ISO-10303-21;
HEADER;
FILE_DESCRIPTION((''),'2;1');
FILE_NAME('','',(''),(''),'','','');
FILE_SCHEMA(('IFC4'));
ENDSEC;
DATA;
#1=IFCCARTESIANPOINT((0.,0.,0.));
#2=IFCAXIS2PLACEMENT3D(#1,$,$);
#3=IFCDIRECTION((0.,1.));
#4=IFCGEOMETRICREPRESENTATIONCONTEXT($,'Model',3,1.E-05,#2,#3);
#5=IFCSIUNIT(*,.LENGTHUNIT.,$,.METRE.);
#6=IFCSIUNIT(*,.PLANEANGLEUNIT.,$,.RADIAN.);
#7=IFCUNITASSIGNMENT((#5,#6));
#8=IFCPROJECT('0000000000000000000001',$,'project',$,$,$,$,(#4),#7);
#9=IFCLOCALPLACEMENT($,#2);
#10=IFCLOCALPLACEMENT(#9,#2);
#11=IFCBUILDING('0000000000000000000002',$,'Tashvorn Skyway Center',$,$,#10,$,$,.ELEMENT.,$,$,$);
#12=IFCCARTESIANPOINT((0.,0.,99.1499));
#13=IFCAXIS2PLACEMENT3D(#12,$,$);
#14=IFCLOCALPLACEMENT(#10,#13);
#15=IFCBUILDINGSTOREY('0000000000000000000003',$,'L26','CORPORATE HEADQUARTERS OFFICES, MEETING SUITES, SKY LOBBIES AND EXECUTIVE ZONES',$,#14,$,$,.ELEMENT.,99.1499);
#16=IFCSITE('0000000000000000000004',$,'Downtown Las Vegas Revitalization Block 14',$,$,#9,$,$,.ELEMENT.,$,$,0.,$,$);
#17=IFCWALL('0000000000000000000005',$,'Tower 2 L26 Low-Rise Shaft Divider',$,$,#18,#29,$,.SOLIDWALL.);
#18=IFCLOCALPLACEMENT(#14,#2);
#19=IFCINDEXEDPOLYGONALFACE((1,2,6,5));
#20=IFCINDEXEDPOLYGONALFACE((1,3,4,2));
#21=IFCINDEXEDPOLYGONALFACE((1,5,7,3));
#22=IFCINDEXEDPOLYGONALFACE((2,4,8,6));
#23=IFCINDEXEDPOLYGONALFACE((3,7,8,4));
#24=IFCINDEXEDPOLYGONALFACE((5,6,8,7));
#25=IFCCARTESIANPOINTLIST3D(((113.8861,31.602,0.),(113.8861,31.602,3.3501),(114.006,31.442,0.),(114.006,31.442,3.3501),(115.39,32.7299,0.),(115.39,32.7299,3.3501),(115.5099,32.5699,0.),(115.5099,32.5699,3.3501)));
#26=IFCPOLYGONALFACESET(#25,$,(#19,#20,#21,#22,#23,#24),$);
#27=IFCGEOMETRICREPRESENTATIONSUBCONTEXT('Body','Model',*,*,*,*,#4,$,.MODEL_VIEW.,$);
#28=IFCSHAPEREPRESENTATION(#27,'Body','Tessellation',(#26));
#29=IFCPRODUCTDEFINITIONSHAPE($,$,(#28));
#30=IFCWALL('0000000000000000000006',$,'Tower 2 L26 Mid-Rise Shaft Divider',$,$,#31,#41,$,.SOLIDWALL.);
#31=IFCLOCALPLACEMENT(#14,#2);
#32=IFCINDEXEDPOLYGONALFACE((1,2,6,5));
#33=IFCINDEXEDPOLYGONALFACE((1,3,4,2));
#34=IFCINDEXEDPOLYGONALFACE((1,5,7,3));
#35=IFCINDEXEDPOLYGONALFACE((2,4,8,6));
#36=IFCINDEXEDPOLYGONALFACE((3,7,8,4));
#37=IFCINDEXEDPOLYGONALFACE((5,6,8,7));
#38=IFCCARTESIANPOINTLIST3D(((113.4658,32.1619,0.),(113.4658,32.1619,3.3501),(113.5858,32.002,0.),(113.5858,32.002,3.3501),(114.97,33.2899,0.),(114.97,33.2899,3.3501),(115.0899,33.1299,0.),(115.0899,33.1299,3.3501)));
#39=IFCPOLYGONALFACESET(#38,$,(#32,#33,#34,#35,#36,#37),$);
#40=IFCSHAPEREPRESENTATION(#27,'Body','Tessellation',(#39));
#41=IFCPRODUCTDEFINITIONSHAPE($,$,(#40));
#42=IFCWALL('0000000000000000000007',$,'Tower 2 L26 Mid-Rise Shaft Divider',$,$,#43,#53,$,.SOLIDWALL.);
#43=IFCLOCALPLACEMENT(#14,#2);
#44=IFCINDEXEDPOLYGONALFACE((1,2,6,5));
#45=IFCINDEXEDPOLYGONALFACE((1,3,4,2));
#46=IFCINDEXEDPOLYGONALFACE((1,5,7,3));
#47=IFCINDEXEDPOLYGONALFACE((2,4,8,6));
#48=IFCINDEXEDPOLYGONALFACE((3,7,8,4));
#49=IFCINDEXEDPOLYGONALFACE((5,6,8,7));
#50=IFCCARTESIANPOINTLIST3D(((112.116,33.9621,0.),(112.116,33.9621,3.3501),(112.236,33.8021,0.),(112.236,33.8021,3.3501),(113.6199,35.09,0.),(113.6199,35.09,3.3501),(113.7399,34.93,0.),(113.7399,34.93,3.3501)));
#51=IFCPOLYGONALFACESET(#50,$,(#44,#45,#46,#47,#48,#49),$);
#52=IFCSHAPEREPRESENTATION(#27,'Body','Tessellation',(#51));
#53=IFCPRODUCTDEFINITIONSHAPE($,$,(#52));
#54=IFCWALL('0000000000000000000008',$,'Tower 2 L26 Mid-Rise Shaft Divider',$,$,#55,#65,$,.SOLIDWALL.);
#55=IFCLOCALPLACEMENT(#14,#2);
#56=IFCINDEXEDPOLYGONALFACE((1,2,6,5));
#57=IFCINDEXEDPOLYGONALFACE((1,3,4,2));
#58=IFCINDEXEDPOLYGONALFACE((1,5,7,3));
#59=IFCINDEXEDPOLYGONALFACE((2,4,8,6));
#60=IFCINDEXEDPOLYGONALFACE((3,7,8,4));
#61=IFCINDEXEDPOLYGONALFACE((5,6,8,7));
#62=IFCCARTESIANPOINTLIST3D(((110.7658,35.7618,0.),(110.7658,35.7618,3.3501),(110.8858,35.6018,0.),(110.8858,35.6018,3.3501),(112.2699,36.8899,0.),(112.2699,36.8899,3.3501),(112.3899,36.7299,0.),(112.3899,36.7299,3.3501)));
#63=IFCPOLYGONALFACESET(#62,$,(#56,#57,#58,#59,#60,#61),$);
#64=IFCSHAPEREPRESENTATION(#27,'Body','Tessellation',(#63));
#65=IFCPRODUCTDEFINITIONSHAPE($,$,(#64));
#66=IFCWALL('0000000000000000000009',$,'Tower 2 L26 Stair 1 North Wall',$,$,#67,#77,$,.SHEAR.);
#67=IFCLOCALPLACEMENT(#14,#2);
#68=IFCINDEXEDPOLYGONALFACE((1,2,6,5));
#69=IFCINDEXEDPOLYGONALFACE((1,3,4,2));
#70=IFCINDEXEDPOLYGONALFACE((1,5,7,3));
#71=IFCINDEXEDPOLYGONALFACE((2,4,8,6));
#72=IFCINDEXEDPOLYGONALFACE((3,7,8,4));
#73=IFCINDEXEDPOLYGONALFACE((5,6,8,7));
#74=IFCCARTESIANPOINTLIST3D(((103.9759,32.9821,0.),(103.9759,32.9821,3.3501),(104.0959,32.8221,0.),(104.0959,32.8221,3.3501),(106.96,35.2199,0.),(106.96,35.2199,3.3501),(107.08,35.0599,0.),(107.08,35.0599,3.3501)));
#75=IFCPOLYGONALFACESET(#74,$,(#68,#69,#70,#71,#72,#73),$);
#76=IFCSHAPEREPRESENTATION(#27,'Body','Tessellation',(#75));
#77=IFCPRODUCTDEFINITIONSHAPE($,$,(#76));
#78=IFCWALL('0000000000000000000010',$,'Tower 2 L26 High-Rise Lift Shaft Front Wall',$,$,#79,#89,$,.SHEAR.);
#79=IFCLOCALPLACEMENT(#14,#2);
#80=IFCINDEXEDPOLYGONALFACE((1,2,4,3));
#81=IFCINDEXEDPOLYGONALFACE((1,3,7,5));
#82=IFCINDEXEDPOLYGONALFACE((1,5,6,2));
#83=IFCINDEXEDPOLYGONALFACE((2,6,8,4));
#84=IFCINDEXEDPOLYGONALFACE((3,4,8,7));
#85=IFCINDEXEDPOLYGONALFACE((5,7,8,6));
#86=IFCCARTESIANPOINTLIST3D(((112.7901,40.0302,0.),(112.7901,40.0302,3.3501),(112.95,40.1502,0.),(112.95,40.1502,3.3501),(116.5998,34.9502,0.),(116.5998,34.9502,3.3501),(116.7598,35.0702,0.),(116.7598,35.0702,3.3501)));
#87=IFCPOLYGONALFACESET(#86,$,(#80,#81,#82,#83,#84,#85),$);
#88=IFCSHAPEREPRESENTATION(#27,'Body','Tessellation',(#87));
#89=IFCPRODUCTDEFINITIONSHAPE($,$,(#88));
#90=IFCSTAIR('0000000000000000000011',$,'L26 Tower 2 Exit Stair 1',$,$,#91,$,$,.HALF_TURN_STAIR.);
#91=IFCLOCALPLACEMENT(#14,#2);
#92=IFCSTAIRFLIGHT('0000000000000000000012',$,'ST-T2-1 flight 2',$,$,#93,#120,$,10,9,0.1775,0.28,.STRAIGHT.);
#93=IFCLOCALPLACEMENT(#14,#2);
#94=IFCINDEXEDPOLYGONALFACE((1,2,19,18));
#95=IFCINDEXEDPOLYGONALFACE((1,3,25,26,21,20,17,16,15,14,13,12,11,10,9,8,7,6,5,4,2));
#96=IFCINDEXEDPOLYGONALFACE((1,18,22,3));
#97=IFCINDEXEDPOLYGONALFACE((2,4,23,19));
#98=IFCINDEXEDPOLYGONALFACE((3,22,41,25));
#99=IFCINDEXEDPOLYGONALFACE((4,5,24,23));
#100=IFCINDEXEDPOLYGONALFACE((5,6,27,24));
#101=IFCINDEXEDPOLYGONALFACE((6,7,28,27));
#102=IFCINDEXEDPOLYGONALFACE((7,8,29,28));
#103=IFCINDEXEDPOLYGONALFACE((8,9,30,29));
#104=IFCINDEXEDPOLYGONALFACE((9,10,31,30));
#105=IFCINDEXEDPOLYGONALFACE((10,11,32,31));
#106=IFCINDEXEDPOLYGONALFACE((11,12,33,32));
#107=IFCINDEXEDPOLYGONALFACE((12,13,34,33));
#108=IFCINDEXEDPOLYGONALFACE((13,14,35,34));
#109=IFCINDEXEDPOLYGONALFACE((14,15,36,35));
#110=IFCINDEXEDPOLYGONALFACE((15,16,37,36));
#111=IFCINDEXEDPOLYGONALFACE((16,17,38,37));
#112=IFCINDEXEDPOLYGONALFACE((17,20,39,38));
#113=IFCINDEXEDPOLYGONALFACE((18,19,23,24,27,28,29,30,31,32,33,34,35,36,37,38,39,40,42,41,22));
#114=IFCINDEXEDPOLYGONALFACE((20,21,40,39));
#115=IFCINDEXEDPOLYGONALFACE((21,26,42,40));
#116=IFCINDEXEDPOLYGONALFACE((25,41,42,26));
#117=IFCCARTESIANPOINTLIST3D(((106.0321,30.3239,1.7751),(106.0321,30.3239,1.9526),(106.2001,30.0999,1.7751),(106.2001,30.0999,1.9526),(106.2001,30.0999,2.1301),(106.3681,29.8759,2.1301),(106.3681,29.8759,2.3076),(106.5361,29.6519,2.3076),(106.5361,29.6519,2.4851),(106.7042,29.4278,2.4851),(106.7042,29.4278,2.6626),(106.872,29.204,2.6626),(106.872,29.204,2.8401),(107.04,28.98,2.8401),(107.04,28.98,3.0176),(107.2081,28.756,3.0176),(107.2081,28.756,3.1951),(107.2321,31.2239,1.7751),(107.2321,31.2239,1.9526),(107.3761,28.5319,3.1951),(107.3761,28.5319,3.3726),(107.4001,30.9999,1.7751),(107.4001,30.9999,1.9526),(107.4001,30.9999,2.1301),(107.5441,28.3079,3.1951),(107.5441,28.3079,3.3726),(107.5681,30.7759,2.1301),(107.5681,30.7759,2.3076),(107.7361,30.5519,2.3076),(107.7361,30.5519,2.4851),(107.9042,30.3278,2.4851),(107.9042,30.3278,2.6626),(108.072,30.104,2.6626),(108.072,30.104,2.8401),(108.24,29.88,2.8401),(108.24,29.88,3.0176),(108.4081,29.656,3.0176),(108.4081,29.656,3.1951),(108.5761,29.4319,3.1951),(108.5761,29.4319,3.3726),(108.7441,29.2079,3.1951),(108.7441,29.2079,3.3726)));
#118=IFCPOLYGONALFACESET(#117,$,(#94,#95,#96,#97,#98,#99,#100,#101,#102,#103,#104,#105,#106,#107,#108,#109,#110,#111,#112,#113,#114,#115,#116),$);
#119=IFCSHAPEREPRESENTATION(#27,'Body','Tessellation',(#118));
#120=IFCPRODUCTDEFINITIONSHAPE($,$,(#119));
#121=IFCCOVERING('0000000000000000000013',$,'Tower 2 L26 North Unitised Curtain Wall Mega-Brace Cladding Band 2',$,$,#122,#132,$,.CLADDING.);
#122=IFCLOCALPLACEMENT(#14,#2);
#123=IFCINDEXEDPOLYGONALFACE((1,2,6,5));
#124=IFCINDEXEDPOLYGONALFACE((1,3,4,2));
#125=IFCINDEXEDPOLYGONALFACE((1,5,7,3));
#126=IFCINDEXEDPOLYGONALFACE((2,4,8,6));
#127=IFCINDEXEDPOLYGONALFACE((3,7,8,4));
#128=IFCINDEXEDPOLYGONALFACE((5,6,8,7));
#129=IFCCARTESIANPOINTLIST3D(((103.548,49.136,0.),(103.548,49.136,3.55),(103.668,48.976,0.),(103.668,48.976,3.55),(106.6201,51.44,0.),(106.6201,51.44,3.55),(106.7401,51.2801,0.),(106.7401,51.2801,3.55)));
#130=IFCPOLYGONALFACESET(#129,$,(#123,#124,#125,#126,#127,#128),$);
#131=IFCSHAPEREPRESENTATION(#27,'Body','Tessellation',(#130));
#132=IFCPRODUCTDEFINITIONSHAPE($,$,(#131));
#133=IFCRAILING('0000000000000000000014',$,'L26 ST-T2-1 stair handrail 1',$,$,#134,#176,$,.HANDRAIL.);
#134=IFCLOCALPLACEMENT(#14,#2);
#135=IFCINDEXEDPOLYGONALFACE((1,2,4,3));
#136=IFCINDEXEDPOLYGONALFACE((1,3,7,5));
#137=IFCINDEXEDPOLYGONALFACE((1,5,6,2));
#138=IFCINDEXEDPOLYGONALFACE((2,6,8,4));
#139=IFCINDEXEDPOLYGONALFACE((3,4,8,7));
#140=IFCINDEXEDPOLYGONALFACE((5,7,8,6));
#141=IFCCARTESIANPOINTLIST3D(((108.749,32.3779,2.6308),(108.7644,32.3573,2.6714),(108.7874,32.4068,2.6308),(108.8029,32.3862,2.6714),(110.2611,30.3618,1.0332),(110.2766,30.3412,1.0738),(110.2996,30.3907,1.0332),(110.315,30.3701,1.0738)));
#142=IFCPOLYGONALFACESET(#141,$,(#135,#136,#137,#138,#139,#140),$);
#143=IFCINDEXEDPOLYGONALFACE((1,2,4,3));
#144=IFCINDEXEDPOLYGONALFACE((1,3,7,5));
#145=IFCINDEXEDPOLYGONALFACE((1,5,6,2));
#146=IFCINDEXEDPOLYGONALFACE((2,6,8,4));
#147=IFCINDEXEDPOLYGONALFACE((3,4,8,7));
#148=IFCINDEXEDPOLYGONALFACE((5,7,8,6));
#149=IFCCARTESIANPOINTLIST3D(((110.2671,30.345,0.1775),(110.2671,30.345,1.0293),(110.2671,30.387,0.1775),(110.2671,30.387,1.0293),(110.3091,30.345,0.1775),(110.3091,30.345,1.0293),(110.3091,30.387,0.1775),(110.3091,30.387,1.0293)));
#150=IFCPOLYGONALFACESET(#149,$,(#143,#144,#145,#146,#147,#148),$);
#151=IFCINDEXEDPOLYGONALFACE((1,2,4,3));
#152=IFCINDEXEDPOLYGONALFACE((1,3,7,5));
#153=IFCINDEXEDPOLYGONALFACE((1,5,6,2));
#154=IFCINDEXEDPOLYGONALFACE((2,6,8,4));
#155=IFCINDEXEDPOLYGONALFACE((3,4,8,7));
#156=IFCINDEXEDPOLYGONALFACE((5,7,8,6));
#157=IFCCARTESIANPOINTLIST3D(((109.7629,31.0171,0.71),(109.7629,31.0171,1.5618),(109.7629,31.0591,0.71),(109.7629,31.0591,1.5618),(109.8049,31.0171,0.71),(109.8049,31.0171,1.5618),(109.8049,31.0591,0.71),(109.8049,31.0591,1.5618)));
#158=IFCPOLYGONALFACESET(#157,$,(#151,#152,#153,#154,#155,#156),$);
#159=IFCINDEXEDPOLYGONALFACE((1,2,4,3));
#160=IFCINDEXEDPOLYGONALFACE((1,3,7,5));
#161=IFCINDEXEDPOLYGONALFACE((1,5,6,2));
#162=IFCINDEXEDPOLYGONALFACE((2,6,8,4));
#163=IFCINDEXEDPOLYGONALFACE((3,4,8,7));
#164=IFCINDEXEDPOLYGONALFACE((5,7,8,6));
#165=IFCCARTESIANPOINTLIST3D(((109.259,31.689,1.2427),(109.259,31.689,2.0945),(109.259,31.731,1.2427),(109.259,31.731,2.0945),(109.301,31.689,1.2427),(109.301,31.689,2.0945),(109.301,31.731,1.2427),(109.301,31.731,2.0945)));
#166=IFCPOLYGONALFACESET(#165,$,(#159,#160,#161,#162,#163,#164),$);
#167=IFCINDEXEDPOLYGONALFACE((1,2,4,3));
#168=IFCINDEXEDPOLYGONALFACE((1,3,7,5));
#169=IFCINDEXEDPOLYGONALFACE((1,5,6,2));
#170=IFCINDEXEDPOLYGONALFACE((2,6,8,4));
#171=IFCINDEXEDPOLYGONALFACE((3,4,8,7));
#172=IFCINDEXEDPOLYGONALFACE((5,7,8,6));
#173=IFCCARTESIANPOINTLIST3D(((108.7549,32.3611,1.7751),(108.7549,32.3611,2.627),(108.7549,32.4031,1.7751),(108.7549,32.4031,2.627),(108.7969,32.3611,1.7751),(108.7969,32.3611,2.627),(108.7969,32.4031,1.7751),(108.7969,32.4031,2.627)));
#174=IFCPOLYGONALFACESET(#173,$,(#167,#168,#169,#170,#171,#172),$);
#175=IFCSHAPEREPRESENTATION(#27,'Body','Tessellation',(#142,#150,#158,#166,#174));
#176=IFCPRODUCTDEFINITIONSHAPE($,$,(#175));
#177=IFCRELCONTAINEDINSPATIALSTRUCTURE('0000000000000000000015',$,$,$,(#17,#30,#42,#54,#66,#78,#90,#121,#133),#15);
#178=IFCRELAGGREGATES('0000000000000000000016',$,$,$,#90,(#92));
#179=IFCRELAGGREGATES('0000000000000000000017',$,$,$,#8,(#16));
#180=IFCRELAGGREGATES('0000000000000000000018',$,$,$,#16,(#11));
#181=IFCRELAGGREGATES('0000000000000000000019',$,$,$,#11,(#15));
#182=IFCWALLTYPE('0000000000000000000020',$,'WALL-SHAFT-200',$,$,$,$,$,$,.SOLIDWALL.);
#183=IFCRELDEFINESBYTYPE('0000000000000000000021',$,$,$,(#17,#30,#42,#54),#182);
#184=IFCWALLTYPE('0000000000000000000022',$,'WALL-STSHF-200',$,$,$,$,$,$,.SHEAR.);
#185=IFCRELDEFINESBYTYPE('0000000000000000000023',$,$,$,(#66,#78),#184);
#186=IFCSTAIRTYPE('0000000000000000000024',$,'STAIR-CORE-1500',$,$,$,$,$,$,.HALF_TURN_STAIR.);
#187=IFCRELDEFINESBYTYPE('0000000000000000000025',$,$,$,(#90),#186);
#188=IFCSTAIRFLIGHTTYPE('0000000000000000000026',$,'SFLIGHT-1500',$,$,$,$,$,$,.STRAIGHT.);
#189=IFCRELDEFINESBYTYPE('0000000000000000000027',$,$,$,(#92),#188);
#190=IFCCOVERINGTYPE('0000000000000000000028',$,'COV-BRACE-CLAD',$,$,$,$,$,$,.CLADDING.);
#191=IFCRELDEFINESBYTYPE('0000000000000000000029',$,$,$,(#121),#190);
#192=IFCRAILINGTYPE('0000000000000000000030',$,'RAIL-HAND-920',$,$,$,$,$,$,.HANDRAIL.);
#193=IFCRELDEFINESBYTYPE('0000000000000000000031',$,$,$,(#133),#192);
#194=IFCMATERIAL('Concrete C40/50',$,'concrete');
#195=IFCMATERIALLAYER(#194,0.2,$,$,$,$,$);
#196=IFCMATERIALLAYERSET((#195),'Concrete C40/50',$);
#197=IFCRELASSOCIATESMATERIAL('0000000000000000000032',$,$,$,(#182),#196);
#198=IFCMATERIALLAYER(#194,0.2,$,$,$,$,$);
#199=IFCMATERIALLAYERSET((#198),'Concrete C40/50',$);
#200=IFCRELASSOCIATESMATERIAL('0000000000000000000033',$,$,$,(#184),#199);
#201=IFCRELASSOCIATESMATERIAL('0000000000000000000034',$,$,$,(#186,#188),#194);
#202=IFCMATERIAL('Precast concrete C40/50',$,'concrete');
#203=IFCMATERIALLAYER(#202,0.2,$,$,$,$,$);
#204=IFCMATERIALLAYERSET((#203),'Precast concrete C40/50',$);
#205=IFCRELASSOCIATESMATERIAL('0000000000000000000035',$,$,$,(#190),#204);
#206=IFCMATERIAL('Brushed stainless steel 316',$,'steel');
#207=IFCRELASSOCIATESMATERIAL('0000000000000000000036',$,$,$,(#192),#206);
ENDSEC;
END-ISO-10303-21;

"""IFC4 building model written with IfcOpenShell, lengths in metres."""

from ifc_helpers import new_model, si_unit, direction, frame, frame_2d, origin, origin_2d, place, context, subcontext, project, spatial, polyline, rectangle, outline, extrude, material, layer, layer_set, type_object, element, aggregate, save


model = new_model("IFC4")

# Units and contexts
model_context = context("Model", 3, precision=1e-05, world=origin(), true_north=direction((0.0, 1.0)))
body_context = subcontext(model_context, "Body", "Model", "MODEL_VIEW")
ifc_project = project(units=[si_unit("LENGTHUNIT", "METRE"), si_unit("PLANEANGLEUNIT", "RADIAN")], contexts=[model_context])

# Site, building, storey
site_placement = place(None, origin())
site = spatial("IfcSite", under=ifc_project, at=site_placement, Name="Downtown Las Vegas Revitalization Block 14", CompositionType="ELEMENT", RefElevation=0.0)
building_placement = place(site_placement, origin())
building = spatial("IfcBuilding", under=site, at=building_placement, Name="Tashvorn Skyway Center", CompositionType="ELEMENT")
storey_placement = place(building_placement, frame((0.0, 0.0, 99.1499)))
storey = spatial("IfcBuildingStorey", under=building, at=storey_placement, Name="L26", Description="CORPORATE HEADQUARTERS OFFICES, MEETING SUITES, SKY LOBBIES AND EXECUTIVE ZONES", CompositionType="ELEMENT", Elevation=99.1499)

# Shared definitions
ifc_material_1 = material(Name="Concrete C40/50", Category="concrete")

# Walls
ifc_layer_1 = layer(ifc_material_1, 0.2)
ifc_layer_set_1 = layer_set([ifc_layer_1], Name="Concrete C40/50")
wall_type_1 = type_object("IfcWallType", Name="WALL-SHAFT-200", PredefinedType="SOLIDWALL", material=ifc_layer_set_1)
wall_1_placement = place(storey_placement, frame((113.946, 31.522, 0.0), z_axis=(0.0, 0.0, 1.0), x_axis=(0.8, 0.6, 0.0)))
element("IfcWall", 1, at=wall_1_placement, inside=storey, type_object=wall_type_1, Name="Tower 2 L26 Low-Rise Shaft Divider", PredefinedType="SOLIDWALL", context=body_context, shape_type="SweptSolid", body=[
    extrude(rectangle(XDim=1.8799, YDim=0.2, at=frame_2d((0.9399, 0.0))), origin(), (0.0, 0.0, 1.0), 3.3501),
])
wall_2_placement = place(storey_placement, frame((113.5259, 32.082, 0.0), z_axis=(0.0, 0.0, 1.0), x_axis=(0.800047, 0.599938, 0.0)))
element("IfcWall", 2, at=wall_2_placement, inside=storey, type_object=wall_type_1, Name="Tower 2 L26 Mid-Rise Shaft Divider", PredefinedType="SOLIDWALL", context=body_context, shape_type="SweptSolid", body=[
    extrude(rectangle(XDim=1.8801, YDim=0.2, at=frame_2d((0.9399, 0.0))), origin(), (0.0, 0.0, 1.0), 3.3501),
])
wall_3_placement = place(storey_placement, frame((112.176, 33.8821, 0.0), z_axis=(0.0, 0.0, 1.0), x_axis=(0.8, 0.6, 0.0)))
element("IfcWall", 3, at=wall_3_placement, inside=storey, type_object=wall_type_1, Name="Tower 2 L26 Mid-Rise Shaft Divider", PredefinedType="SOLIDWALL", context=body_context, shape_type="SweptSolid", body=[
    extrude(rectangle(XDim=1.8799, YDim=0.2, at=frame_2d((0.9399, 0.0))), origin(), (0.0, 0.0, 1.0), 3.3501),
])
wall_4_placement = place(storey_placement, frame((110.8259, 35.6819, 0.0), z_axis=(0.0, 0.0, 1.0), x_axis=(0.799984, 0.600021, 0.0)))
element("IfcWall", 4, at=wall_4_placement, inside=storey, type_object=wall_type_1, Name="Tower 2 L26 Mid-Rise Shaft Divider", PredefinedType="SOLIDWALL", context=body_context, shape_type="SweptSolid", body=[
    extrude(rectangle(XDim=1.8801, YDim=0.2, at=frame_2d((0.9399, 0.0))), origin(), (0.0, 0.0, 1.0), 3.3501),
])
ifc_layer_2 = layer(ifc_material_1, 0.2)
ifc_layer_set_2 = layer_set([ifc_layer_2], Name="Concrete C40/50")
wall_type_2 = type_object("IfcWallType", Name="WALL-STSHF-200", PredefinedType="SHEAR", material=ifc_layer_set_2)
wall_5_placement = place(storey_placement, frame((104.0359, 32.9021, 0.0), z_axis=(0.0, 0.0, 1.0), x_axis=(0.800039, 0.599948, 0.0)))
element("IfcWall", 5, at=wall_5_placement, inside=storey, type_object=wall_type_2, Name="Tower 2 L26 Stair 1 North Wall", PredefinedType="SHEAR", context=body_context, shape_type="SweptSolid", body=[
    extrude(rectangle(XDim=3.73, YDim=0.2, at=frame_2d((1.865, 0.0))), origin(), (0.0, 0.0, 1.0), 3.3501),
])
wall_6_placement = place(storey_placement, frame((112.8701, 40.0901, 0.0), z_axis=(0.0, 0.0, 1.0), x_axis=(0.599975, -0.800018, 0.0)))
element("IfcWall", 6, at=wall_6_placement, inside=storey, type_object=wall_type_2, Name="Tower 2 L26 High-Rise Lift Shaft Front Wall", PredefinedType="SHEAR", context=body_context, shape_type="SweptSolid", body=[
    extrude(rectangle(XDim=6.3499, YDim=0.2, at=frame_2d((3.1748, 0.0))), origin(), (0.0, 0.0, 1.0), 3.3501),
])

# Stair, stair flight
stair_type = type_object("IfcStairType", Name="STAIR-CORE-1500", PredefinedType="HALF_TURN_STAIR", material=ifc_material_1)
stair_placement = place(storey_placement, origin())
stair = element("IfcStair", 7, at=stair_placement, inside=storey, type_object=stair_type, Name="L26 Tower 2 Exit Stair 1", PredefinedType="HALF_TURN_STAIR")
stair_flight_type = type_object("IfcStairFlightType", Name="SFLIGHT-1500", PredefinedType="STRAIGHT", material=ifc_material_1)
stair_flight_placement = place(storey_placement, frame((106.6321, 30.7739, 1.7751), z_axis=(0.0, 0.0, 1.0), x_axis=(0.6, -0.8, 0.0)))
stair_flight = element("IfcStairFlight", 8, at=stair_flight_placement, type_object=stair_flight_type, Name="ST-T2-1 flight 2", NumberOfRisers=10, NumberOfTreads=9, PredefinedType="STRAIGHT", RiserHeight=0.1775, TreadLength=0.28, context=body_context, shape_type="SweptSolid", body=[
    extrude(outline(polyline([(0.0, 0.0), (0.0, 0.1775), (0.28, 0.1775), (0.28, 0.355), (0.5601, 0.355), (0.5601, 0.5325), (0.8401, 0.5325), (0.8401, 0.71), (1.1201, 0.71), (1.1201, 0.8875), (1.3999, 0.8875), (1.3999, 1.0649), (1.6799, 1.0649), (1.6799, 1.2424), (1.96, 1.2424), (1.96, 1.4199), (2.24, 1.4199), (2.24, 1.5974), (2.52, 1.5974), (2.52, 1.7749), (2.52, 1.4199), (0.28, 0.0), (0.0, 0.0)])), frame((0.0, 0.75, 0.0), z_axis=(0.0, -1.0, 0.0), x_axis=(1.0, 0.0, 0.0)), (0.0, 0.0, 1.0), 1.5),
])
aggregate(stair, [stair_flight])

# Covering
ifc_material_2 = material(Name="Precast concrete C40/50", Category="concrete")
ifc_layer_3 = layer(ifc_material_2, 0.2)
ifc_layer_set_3 = layer_set([ifc_layer_3], Name="Precast concrete C40/50")
covering_type = type_object("IfcCoveringType", Name="COV-BRACE-CLAD", PredefinedType="CLADDING", material=ifc_layer_set_3)
covering_placement = place(storey_placement, frame((105.144, 50.208, 0.0), z_axis=(0.0, 0.0, 1.0), x_axis=(0.8, 0.6, 0.0)))
element("IfcCovering", 9, at=covering_placement, inside=storey, type_object=covering_type, Name="Tower 2 L26 North Unitised Curtain Wall Mega-Brace Cladding Band 2", PredefinedType="CLADDING", context=body_context, shape_type="SweptSolid", body=[
    extrude(rectangle(XDim=3.8401, YDim=0.2, at=origin_2d()), origin(), (0.0, 0.0, 1.0), 3.55),
])

# Railing
ifc_material_3 = material(Name="Brushed stainless steel 316", Category="steel")
railing_type_1 = type_object("IfcRailingType", Name="RAIL-HAND-920", PredefinedType="HANDRAIL", material=ifc_material_3)
railing_1_placement = place(storey_placement, frame((110.2881, 30.366, 0.1775)))
element("IfcRailing", 10, at=railing_1_placement, inside=storey, type_object=railing_type_1, Name="L26 ST-T2-1 stair handrail 1", PredefinedType="HANDRAIL", context=body_context, shape_type="SweptSolid", body=[
    extrude(rectangle(XDim=0.0481, YDim=0.0481, at=origin_2d()), frame((0.0, 0.0, 0.876), z_axis=(-0.506779, 0.675651, 0.535416), x_axis=(-0.799977, -0.600031, 0.0)), (0.0, 0.0, 1.0), 2.9839),
    extrude(rectangle(XDim=0.042, YDim=0.042, at=origin_2d()), origin(), (0.0, 0.0, 1.0), 0.8518),
    extrude(rectangle(XDim=0.042, YDim=0.042, at=origin_2d()), frame((-0.5042, 0.6721, 0.5325)), (0.0, 0.0, 1.0), 0.8518),
    extrude(rectangle(XDim=0.042, YDim=0.042, at=origin_2d()), frame((-1.0081, 1.344, 1.0652)), (0.0, 0.0, 1.0), 0.8518),
    extrude(rectangle(XDim=0.042, YDim=0.042, at=origin_2d()), frame((-1.5122, 2.0161, 1.5977)), (0.0, 0.0, 1.0), 0.8518),
])

save(model, "model.ifc")
